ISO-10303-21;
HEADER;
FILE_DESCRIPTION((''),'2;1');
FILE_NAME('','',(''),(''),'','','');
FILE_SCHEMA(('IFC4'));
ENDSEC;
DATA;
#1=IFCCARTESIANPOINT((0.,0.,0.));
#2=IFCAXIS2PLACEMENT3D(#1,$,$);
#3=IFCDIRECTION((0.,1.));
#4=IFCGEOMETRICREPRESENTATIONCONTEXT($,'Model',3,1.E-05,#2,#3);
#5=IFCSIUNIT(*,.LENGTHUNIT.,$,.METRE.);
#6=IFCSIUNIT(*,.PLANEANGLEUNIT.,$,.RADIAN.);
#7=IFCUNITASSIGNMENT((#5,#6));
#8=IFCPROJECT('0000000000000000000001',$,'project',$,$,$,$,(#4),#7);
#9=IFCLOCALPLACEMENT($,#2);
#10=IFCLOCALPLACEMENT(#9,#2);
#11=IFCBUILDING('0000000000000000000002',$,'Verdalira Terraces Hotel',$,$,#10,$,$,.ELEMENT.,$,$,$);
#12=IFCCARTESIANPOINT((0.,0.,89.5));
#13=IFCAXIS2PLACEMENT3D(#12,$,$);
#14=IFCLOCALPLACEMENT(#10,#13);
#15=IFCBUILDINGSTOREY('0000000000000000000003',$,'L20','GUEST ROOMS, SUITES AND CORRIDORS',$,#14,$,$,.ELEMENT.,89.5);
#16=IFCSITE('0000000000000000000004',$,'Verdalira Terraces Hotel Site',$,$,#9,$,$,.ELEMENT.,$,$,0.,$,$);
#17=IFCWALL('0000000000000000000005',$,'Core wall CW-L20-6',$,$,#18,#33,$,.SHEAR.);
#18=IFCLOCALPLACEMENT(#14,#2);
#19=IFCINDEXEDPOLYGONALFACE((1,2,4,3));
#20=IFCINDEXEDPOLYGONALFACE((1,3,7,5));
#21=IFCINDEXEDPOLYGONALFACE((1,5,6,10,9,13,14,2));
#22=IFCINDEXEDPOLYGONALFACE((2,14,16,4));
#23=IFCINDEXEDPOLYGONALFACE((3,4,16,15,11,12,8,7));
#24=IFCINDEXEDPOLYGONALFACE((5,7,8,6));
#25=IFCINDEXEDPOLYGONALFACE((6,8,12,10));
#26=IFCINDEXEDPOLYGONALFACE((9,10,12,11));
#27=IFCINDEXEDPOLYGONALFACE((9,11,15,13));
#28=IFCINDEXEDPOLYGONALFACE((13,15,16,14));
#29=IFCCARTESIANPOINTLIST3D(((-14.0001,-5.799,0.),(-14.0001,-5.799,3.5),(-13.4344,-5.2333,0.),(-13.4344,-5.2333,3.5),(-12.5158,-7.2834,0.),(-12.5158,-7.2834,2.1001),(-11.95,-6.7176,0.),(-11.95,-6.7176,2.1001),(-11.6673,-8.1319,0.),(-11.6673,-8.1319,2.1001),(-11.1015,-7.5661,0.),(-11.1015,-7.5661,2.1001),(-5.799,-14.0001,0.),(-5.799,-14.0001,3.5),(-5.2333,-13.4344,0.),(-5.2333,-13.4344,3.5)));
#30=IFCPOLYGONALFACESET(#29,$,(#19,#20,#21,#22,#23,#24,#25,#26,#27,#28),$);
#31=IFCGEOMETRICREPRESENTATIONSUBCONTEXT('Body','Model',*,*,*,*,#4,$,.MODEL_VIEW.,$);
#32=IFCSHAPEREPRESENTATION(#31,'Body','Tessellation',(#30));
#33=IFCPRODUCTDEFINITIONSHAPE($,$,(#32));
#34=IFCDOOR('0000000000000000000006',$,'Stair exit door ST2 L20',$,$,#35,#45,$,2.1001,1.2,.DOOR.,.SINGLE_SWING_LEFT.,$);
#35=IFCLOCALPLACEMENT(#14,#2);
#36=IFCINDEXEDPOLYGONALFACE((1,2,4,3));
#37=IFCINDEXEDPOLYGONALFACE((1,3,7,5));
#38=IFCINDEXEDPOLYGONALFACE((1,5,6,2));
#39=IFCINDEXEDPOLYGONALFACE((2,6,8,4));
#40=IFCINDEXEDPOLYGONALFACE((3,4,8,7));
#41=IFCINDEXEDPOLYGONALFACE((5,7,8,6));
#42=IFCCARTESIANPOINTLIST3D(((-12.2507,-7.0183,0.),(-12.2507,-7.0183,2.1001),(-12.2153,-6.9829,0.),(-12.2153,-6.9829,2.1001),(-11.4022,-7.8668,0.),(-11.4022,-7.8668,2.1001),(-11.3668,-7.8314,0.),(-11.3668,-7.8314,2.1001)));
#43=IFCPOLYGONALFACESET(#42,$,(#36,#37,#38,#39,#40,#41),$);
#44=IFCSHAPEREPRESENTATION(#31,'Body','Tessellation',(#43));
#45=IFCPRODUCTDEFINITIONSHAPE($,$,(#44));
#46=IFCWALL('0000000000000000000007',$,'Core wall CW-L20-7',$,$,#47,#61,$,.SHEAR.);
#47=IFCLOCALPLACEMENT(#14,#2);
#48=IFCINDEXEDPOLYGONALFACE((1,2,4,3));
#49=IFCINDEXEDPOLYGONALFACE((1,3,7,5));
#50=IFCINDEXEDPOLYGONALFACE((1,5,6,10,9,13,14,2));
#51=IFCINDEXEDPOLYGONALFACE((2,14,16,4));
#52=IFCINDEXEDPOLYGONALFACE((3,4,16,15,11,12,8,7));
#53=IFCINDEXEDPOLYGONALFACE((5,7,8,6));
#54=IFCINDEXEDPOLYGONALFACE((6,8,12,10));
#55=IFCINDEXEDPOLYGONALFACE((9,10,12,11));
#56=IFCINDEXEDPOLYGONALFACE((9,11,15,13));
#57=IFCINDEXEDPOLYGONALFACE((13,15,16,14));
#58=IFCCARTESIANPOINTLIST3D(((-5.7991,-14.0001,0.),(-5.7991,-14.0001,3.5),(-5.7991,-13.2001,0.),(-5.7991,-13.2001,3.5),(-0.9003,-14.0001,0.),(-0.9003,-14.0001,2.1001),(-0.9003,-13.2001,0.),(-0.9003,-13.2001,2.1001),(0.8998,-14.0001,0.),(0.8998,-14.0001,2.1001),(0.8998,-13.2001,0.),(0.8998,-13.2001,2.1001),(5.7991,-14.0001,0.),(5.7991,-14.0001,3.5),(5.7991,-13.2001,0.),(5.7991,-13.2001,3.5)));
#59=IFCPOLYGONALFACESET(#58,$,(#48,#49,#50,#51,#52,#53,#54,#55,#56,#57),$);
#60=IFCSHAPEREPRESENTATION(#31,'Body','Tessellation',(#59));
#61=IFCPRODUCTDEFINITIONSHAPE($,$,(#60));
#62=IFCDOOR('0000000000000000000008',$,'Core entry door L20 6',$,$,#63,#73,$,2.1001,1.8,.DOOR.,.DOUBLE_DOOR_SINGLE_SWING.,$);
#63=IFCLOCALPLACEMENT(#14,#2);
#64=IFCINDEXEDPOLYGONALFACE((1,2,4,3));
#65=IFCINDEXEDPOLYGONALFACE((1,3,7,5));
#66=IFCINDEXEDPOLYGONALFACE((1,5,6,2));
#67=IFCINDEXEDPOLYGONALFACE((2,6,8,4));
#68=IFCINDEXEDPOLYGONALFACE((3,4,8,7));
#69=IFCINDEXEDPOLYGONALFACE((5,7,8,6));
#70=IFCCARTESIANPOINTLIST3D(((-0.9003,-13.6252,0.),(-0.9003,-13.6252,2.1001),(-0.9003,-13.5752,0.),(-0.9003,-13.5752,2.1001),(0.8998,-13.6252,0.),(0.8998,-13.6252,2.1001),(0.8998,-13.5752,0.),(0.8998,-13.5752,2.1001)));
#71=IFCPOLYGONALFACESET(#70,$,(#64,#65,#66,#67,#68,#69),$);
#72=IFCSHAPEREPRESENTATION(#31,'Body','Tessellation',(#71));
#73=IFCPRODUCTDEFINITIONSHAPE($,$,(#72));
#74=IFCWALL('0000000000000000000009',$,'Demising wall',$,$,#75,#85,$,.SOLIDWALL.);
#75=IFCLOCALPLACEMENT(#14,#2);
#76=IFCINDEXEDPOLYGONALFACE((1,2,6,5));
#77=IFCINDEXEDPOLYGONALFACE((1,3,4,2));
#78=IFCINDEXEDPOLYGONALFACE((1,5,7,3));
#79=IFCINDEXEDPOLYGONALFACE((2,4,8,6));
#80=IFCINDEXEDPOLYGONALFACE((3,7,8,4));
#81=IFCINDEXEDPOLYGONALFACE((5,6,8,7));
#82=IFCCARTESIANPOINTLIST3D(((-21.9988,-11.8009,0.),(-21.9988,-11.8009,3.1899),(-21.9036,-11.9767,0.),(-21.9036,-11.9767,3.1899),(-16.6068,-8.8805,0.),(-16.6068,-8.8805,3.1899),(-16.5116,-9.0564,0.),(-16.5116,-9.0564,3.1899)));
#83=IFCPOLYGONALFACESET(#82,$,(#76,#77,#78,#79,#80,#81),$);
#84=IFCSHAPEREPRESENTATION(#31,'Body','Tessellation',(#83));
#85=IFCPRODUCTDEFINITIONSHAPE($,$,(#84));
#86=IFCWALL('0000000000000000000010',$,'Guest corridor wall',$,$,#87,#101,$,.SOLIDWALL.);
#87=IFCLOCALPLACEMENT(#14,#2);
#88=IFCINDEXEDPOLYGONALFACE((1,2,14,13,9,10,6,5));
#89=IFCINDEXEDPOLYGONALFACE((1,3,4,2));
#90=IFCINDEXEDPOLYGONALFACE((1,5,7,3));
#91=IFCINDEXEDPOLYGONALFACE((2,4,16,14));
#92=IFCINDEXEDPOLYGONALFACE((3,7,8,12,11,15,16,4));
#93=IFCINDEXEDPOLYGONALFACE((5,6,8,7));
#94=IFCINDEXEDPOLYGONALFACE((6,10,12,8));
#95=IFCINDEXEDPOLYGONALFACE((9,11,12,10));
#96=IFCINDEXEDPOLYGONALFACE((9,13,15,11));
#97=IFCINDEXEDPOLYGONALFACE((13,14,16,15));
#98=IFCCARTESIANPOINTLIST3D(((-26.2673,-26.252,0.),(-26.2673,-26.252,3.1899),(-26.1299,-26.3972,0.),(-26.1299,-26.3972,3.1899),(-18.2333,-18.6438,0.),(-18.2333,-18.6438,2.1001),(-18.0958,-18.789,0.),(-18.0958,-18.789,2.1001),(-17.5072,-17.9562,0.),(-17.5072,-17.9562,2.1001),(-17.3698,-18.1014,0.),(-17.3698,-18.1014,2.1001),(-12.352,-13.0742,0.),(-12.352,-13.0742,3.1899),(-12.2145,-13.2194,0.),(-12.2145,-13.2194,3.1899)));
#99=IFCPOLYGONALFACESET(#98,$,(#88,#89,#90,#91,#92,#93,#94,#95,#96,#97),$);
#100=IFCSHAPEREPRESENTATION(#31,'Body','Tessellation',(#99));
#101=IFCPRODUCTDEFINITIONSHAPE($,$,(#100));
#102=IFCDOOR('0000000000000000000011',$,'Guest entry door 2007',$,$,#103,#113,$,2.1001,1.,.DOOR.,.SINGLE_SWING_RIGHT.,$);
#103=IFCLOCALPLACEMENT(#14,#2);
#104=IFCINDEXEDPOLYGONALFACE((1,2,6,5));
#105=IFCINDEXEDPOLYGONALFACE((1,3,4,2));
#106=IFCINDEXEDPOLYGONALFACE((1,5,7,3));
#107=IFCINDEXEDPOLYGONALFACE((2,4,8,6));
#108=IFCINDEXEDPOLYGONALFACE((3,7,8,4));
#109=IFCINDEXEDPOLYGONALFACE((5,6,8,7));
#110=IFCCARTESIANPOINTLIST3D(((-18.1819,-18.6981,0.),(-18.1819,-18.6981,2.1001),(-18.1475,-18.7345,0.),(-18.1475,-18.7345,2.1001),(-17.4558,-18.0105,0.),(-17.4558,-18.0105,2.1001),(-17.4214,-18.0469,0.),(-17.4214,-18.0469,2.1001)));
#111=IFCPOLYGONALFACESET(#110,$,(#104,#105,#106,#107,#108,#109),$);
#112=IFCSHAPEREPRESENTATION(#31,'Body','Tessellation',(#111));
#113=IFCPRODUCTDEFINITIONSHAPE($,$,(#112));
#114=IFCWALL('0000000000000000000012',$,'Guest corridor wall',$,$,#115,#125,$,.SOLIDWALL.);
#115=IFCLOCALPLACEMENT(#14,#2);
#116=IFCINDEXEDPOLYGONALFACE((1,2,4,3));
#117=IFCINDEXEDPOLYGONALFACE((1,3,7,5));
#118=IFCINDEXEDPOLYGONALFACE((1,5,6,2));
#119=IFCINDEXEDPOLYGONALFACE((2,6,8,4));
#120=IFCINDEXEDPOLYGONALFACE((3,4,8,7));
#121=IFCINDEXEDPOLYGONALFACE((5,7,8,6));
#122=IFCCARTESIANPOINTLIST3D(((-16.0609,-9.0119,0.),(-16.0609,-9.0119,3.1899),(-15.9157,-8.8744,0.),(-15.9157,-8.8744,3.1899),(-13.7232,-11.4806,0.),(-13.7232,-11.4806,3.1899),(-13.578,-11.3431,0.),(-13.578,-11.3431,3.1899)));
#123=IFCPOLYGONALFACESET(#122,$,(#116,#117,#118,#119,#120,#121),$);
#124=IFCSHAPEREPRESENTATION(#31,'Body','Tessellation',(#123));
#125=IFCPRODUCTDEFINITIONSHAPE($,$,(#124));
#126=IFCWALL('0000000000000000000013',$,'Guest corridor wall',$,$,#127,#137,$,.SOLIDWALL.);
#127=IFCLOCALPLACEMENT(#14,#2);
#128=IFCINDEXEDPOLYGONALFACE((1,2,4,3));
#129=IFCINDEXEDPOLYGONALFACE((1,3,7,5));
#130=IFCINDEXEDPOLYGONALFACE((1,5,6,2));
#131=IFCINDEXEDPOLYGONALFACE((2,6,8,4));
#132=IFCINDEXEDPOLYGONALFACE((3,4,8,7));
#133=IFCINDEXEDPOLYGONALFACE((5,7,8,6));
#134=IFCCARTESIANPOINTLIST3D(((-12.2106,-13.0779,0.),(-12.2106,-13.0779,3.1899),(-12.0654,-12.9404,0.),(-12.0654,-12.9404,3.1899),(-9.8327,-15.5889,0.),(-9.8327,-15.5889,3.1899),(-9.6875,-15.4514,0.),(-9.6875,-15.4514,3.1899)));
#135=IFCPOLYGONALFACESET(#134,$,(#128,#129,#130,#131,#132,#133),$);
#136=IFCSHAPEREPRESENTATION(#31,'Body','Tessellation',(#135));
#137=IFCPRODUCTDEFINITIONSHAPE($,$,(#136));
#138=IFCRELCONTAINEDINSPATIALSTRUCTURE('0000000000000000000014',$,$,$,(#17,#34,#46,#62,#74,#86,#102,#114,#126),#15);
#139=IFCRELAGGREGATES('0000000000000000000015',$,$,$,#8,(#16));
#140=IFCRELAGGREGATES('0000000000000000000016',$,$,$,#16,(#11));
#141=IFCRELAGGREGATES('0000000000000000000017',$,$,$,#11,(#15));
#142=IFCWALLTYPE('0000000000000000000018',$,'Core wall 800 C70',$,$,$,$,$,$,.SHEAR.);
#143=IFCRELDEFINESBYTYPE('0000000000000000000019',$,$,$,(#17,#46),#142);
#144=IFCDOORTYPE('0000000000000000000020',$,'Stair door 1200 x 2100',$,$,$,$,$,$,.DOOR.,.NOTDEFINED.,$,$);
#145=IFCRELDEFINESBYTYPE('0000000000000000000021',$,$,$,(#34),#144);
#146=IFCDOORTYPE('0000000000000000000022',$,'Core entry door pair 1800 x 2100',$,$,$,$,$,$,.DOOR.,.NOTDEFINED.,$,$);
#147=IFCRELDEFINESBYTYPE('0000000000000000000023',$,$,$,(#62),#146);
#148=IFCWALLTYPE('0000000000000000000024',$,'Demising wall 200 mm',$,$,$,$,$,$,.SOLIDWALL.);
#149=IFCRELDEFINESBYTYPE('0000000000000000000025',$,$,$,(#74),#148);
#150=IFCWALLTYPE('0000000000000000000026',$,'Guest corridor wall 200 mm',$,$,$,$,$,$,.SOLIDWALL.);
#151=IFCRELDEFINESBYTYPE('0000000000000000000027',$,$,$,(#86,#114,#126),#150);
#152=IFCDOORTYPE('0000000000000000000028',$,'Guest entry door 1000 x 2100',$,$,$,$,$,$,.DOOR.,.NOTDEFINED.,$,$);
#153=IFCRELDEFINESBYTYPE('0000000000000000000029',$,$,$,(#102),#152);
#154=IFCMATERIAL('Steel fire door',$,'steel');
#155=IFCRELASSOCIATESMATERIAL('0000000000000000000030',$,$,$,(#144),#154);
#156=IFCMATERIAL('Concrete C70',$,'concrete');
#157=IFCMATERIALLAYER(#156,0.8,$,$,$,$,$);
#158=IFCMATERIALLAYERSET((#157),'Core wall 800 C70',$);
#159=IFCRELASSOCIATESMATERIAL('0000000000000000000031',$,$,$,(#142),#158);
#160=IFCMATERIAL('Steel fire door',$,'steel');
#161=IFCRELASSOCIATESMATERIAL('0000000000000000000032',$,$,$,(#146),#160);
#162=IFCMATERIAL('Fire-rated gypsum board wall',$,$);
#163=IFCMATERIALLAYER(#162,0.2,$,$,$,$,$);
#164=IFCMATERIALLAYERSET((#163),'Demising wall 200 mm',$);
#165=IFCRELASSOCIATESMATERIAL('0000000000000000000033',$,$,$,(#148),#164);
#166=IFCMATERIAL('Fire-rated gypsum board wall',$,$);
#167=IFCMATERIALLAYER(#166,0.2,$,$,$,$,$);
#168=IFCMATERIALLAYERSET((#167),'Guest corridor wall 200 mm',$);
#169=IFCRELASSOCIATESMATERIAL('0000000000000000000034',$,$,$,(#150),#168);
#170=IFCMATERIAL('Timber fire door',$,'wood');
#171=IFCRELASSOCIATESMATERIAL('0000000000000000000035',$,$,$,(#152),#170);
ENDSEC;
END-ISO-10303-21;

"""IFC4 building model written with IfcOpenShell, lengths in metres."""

from ifc_helpers import new_model, si_unit, direction, frame, frame_2d, origin, place, context, subcontext, project, spatial, rectangle, extrude, material, layer, layer_set, type_object, element, fill, save


model = new_model("IFC4")

# Units and contexts
model_context = context("Model", 3, precision=1e-05, world=origin(), true_north=direction((0.0, 1.0)))
body_context = subcontext(model_context, "Body", "Model", "MODEL_VIEW")
ifc_project = project(units=[si_unit("LENGTHUNIT", "METRE"), si_unit("PLANEANGLEUNIT", "RADIAN")], contexts=[model_context])

# Site, building, storey
site_placement = place(None, origin())
site = spatial("IfcSite", under=ifc_project, at=site_placement, Name="Verdalira Terraces Hotel Site", CompositionType="ELEMENT", RefElevation=0.0)
building_placement = place(site_placement, origin())
building = spatial("IfcBuilding", under=site, at=building_placement, Name="Verdalira Terraces Hotel", CompositionType="ELEMENT")
storey_placement = place(building_placement, frame((0.0, 0.0, 89.5)))
storey = spatial("IfcBuildingStorey", under=building, at=storey_placement, Name="L20", Description="GUEST ROOMS, SUITES AND CORRIDORS", CompositionType="ELEMENT", Elevation=89.5)

# Shared definitions
ifc_material_1 = material(Name="Steel fire door", Category="steel")
door_type_1 = type_object("IfcDoorType", Name="Stair door 1200 x 2100", OperationType="NOTDEFINED", PredefinedType="DOOR", material=ifc_material_1)

# Walls, openings, doors
ifc_material_2 = material(Name="Concrete C70", Category="concrete")
ifc_layer_1 = layer(ifc_material_2, 0.8)
ifc_layer_set_1 = layer_set([ifc_layer_1], Name="Core wall 800 C70")
wall_type_1 = type_object("IfcWallType", Name="Core wall 800 C70", PredefinedType="SHEAR", material=ifc_layer_set_1)
wall_1_placement = place(storey_placement, frame((-13.7173, -5.5161, 0.0), z_axis=(0.0, 0.0, 1.0), x_axis=(0.707107, -0.707107, 0.0)))
wall_1 = element("IfcWall", 1, at=wall_1_placement, inside=storey, type_object=wall_type_1, Name="Core wall CW-L20-6", PredefinedType="SHEAR", context=body_context, shape_type="SweptSolid", body=[
    extrude(rectangle(XDim=11.5981, YDim=0.8, at=frame_2d((5.7991, 0.0))), origin(), (0.0, 0.0, 1.0), 3.5),
])
opening_1_placement = place(wall_1_placement, frame((2.0991, 0.0, 0.0)))
opening_1 = element("IfcOpeningElement", 2, at=opening_1_placement, cuts=wall_1, PredefinedType="OPENING", context=body_context, shape_type="SweptSolid", body=[
    extrude(rectangle(XDim=1.2, YDim=2.1001, at=frame_2d((0.6001, 1.05))), frame((0.0, 0.4099, 0.0), z_axis=(0.0, -1.0, 0.0), x_axis=(1.0, 0.0, 0.0)), (0.0, 0.0, 1.0), 0.8201),
])
door_1_placement = place(opening_1_placement, origin())
door_1 = element("IfcDoor", 3, at=door_1_placement, inside=storey, type_object=door_type_1, Name="Stair exit door ST2 L20", OperationType="SINGLE_SWING_LEFT", OverallHeight=2.1001, OverallWidth=1.2, PredefinedType="DOOR", context=body_context, shape_type="SweptSolid", body=[
    extrude(rectangle(XDim=1.2, YDim=2.1001, at=frame_2d((0.6001, 1.05))), frame((0.0, 0.0249, 0.0), z_axis=(0.0, -1.0, 0.0), x_axis=(1.0, 0.0, 0.0)), (0.0, 0.0, 1.0), 0.05),
])
fill(opening_1, door_1)
wall_2_placement = place(storey_placement, frame((-5.7991, -13.6001, 0.0), z_axis=(0.0, 0.0, 1.0), x_axis=(1.0, 0.0, 0.0)))
wall_2 = element("IfcWall", 4, at=wall_2_placement, inside=storey, type_object=wall_type_1, Name="Core wall CW-L20-7", PredefinedType="SHEAR", context=body_context, shape_type="SweptSolid", body=[
    extrude(rectangle(XDim=11.5981, YDim=0.8, at=frame_2d((5.7991, 0.0))), origin(), (0.0, 0.0, 1.0), 3.5),
])
opening_2_placement = place(wall_2_placement, frame((4.8989, 0.0, 0.0)))
opening_2 = element("IfcOpeningElement", 5, at=opening_2_placement, cuts=wall_2, PredefinedType="OPENING", context=body_context, shape_type="SweptSolid", body=[
    extrude(rectangle(XDim=1.8, YDim=2.1001, at=frame_2d((0.8999, 1.05))), frame((0.0, 0.4099, 0.0), z_axis=(0.0, -1.0, 0.0), x_axis=(1.0, 0.0, 0.0)), (0.0, 0.0, 1.0), 0.8201),
])
ifc_material_3 = material(Name="Steel fire door", Category="steel")
door_type_2 = type_object("IfcDoorType", Name="Core entry door pair 1800 x 2100", OperationType="NOTDEFINED", PredefinedType="DOOR", material=ifc_material_3)
door_2_placement = place(opening_2_placement, origin())
door_2 = element("IfcDoor", 6, at=door_2_placement, inside=storey, type_object=door_type_2, Name="Core entry door L20 6", OperationType="DOUBLE_DOOR_SINGLE_SWING", OverallHeight=2.1001, OverallWidth=1.8, PredefinedType="DOOR", context=body_context, shape_type="SweptSolid", body=[
    extrude(rectangle(XDim=1.8, YDim=2.1001, at=frame_2d((0.8999, 1.05))), frame((0.0, 0.0249, 0.0), z_axis=(0.0, -1.0, 0.0), x_axis=(1.0, 0.0, 0.0)), (0.0, 0.0, 1.0), 0.05),
])
fill(opening_2, door_2)

# Wall
ifc_material_4 = material(Name="Fire-rated gypsum board wall")
ifc_layer_2 = layer(ifc_material_4, 0.2)
ifc_layer_set_2 = layer_set([ifc_layer_2], Name="Demising wall 200 mm")
wall_type_2 = type_object("IfcWallType", Name="Demising wall 200 mm", PredefinedType="SOLIDWALL", material=ifc_layer_set_2)
wall_3_placement = place(storey_placement, frame((-16.5593, -8.9685, 0.0), z_axis=(0.0, 0.0, 1.0), x_axis=(-0.879313, -0.476245, 0.0)))
element("IfcWall", 7, at=wall_3_placement, inside=storey, type_object=wall_type_2, Name="Demising wall", PredefinedType="SOLIDWALL", context=body_context, shape_type="SweptSolid", body=[
    extrude(rectangle(XDim=6.1321, YDim=0.2, at=frame_2d((3.0659, 0.0))), origin(), (0.0, 0.0, 1.0), 3.1899),
])

# Wall, opening, door
ifc_material_5 = material(Name="Fire-rated gypsum board wall")
ifc_layer_3 = layer(ifc_material_5, 0.2)
ifc_layer_set_3 = layer_set([ifc_layer_3], Name="Guest corridor wall 200 mm")
wall_type_3 = type_object("IfcWallType", Name="Guest corridor wall 200 mm", PredefinedType="SOLIDWALL", material=ifc_layer_set_3)
wall_4_placement = place(storey_placement, frame((-12.2832, -13.1467, 0.0), z_axis=(0.0, 0.0, 1.0), x_axis=(-0.726087, -0.687603, 0.0)))
wall_4 = element("IfcWall", 8, at=wall_4_placement, inside=storey, type_object=wall_type_3, Name="Guest corridor wall", PredefinedType="SOLIDWALL", context=body_context, shape_type="SweptSolid", body=[
    extrude(rectangle(XDim=19.1648, YDim=0.2, at=frame_2d((9.5825, 0.0))), origin(), (0.0, 0.0, 1.0), 3.1899),
])
opening_3_placement = place(wall_4_placement, frame((7.1001, 0.0, 0.0)))
opening_3 = element("IfcOpeningElement", 9, at=opening_3_placement, cuts=wall_4, PredefinedType="OPENING", context=body_context, shape_type="SweptSolid", body=[
    extrude(rectangle(XDim=1.0, YDim=2.1001, at=frame_2d((0.5, 1.05))), frame((0.0, 0.1099, 0.0), z_axis=(0.0, -1.0, 0.0), x_axis=(1.0, 0.0, 0.0)), (0.0, 0.0, 1.0), 0.22),
])
ifc_material_6 = material(Name="Timber fire door", Category="wood")
door_type_3 = type_object("IfcDoorType", Name="Guest entry door 1000 x 2100", OperationType="NOTDEFINED", PredefinedType="DOOR", material=ifc_material_6)
door_3_placement = place(opening_3_placement, origin())
door_3 = element("IfcDoor", 10, at=door_3_placement, inside=storey, type_object=door_type_3, Name="Guest entry door 2007", OperationType="SINGLE_SWING_RIGHT", OverallHeight=2.1001, OverallWidth=1.0, PredefinedType="DOOR", context=body_context, shape_type="SweptSolid", body=[
    extrude(rectangle(XDim=1.0, YDim=2.1001, at=frame_2d((0.5, 1.05))), frame((0.0, 0.0249, 0.0), z_axis=(0.0, -1.0, 0.0), x_axis=(1.0, 0.0, 0.0)), (0.0, 0.0, 1.0), 0.05),
])
fill(opening_3, door_3)

# Walls
wall_5_placement = place(storey_placement, frame((-15.9883, -8.9431, 0.0), z_axis=(0.0, 0.0, 1.0), x_axis=(0.687563, -0.726124, 0.0)))
element("IfcWall", 11, at=wall_5_placement, inside=storey, type_object=wall_type_3, Name="Guest corridor wall", PredefinedType="SOLIDWALL", context=body_context, shape_type="SweptSolid", body=[
    extrude(rectangle(XDim=3.3999, YDim=0.2, at=frame_2d((1.7, 0.0))), origin(), (0.0, 0.0, 1.0), 3.1899),
])
wall_6_placement = place(storey_placement, frame((-12.1379, -13.0093, 0.0), z_axis=(0.0, 0.0, 1.0), x_axis=(0.687608, -0.726083, 0.0)))
element("IfcWall", 12, at=wall_6_placement, inside=storey, type_object=wall_type_3, Name="Guest corridor wall", PredefinedType="SOLIDWALL", context=body_context, shape_type="SweptSolid", body=[
    extrude(rectangle(XDim=3.4583, YDim=0.2, at=frame_2d((1.729, 0.0))), origin(), (0.0, 0.0, 1.0), 3.1899),
])

save(model, "model.ifc")
